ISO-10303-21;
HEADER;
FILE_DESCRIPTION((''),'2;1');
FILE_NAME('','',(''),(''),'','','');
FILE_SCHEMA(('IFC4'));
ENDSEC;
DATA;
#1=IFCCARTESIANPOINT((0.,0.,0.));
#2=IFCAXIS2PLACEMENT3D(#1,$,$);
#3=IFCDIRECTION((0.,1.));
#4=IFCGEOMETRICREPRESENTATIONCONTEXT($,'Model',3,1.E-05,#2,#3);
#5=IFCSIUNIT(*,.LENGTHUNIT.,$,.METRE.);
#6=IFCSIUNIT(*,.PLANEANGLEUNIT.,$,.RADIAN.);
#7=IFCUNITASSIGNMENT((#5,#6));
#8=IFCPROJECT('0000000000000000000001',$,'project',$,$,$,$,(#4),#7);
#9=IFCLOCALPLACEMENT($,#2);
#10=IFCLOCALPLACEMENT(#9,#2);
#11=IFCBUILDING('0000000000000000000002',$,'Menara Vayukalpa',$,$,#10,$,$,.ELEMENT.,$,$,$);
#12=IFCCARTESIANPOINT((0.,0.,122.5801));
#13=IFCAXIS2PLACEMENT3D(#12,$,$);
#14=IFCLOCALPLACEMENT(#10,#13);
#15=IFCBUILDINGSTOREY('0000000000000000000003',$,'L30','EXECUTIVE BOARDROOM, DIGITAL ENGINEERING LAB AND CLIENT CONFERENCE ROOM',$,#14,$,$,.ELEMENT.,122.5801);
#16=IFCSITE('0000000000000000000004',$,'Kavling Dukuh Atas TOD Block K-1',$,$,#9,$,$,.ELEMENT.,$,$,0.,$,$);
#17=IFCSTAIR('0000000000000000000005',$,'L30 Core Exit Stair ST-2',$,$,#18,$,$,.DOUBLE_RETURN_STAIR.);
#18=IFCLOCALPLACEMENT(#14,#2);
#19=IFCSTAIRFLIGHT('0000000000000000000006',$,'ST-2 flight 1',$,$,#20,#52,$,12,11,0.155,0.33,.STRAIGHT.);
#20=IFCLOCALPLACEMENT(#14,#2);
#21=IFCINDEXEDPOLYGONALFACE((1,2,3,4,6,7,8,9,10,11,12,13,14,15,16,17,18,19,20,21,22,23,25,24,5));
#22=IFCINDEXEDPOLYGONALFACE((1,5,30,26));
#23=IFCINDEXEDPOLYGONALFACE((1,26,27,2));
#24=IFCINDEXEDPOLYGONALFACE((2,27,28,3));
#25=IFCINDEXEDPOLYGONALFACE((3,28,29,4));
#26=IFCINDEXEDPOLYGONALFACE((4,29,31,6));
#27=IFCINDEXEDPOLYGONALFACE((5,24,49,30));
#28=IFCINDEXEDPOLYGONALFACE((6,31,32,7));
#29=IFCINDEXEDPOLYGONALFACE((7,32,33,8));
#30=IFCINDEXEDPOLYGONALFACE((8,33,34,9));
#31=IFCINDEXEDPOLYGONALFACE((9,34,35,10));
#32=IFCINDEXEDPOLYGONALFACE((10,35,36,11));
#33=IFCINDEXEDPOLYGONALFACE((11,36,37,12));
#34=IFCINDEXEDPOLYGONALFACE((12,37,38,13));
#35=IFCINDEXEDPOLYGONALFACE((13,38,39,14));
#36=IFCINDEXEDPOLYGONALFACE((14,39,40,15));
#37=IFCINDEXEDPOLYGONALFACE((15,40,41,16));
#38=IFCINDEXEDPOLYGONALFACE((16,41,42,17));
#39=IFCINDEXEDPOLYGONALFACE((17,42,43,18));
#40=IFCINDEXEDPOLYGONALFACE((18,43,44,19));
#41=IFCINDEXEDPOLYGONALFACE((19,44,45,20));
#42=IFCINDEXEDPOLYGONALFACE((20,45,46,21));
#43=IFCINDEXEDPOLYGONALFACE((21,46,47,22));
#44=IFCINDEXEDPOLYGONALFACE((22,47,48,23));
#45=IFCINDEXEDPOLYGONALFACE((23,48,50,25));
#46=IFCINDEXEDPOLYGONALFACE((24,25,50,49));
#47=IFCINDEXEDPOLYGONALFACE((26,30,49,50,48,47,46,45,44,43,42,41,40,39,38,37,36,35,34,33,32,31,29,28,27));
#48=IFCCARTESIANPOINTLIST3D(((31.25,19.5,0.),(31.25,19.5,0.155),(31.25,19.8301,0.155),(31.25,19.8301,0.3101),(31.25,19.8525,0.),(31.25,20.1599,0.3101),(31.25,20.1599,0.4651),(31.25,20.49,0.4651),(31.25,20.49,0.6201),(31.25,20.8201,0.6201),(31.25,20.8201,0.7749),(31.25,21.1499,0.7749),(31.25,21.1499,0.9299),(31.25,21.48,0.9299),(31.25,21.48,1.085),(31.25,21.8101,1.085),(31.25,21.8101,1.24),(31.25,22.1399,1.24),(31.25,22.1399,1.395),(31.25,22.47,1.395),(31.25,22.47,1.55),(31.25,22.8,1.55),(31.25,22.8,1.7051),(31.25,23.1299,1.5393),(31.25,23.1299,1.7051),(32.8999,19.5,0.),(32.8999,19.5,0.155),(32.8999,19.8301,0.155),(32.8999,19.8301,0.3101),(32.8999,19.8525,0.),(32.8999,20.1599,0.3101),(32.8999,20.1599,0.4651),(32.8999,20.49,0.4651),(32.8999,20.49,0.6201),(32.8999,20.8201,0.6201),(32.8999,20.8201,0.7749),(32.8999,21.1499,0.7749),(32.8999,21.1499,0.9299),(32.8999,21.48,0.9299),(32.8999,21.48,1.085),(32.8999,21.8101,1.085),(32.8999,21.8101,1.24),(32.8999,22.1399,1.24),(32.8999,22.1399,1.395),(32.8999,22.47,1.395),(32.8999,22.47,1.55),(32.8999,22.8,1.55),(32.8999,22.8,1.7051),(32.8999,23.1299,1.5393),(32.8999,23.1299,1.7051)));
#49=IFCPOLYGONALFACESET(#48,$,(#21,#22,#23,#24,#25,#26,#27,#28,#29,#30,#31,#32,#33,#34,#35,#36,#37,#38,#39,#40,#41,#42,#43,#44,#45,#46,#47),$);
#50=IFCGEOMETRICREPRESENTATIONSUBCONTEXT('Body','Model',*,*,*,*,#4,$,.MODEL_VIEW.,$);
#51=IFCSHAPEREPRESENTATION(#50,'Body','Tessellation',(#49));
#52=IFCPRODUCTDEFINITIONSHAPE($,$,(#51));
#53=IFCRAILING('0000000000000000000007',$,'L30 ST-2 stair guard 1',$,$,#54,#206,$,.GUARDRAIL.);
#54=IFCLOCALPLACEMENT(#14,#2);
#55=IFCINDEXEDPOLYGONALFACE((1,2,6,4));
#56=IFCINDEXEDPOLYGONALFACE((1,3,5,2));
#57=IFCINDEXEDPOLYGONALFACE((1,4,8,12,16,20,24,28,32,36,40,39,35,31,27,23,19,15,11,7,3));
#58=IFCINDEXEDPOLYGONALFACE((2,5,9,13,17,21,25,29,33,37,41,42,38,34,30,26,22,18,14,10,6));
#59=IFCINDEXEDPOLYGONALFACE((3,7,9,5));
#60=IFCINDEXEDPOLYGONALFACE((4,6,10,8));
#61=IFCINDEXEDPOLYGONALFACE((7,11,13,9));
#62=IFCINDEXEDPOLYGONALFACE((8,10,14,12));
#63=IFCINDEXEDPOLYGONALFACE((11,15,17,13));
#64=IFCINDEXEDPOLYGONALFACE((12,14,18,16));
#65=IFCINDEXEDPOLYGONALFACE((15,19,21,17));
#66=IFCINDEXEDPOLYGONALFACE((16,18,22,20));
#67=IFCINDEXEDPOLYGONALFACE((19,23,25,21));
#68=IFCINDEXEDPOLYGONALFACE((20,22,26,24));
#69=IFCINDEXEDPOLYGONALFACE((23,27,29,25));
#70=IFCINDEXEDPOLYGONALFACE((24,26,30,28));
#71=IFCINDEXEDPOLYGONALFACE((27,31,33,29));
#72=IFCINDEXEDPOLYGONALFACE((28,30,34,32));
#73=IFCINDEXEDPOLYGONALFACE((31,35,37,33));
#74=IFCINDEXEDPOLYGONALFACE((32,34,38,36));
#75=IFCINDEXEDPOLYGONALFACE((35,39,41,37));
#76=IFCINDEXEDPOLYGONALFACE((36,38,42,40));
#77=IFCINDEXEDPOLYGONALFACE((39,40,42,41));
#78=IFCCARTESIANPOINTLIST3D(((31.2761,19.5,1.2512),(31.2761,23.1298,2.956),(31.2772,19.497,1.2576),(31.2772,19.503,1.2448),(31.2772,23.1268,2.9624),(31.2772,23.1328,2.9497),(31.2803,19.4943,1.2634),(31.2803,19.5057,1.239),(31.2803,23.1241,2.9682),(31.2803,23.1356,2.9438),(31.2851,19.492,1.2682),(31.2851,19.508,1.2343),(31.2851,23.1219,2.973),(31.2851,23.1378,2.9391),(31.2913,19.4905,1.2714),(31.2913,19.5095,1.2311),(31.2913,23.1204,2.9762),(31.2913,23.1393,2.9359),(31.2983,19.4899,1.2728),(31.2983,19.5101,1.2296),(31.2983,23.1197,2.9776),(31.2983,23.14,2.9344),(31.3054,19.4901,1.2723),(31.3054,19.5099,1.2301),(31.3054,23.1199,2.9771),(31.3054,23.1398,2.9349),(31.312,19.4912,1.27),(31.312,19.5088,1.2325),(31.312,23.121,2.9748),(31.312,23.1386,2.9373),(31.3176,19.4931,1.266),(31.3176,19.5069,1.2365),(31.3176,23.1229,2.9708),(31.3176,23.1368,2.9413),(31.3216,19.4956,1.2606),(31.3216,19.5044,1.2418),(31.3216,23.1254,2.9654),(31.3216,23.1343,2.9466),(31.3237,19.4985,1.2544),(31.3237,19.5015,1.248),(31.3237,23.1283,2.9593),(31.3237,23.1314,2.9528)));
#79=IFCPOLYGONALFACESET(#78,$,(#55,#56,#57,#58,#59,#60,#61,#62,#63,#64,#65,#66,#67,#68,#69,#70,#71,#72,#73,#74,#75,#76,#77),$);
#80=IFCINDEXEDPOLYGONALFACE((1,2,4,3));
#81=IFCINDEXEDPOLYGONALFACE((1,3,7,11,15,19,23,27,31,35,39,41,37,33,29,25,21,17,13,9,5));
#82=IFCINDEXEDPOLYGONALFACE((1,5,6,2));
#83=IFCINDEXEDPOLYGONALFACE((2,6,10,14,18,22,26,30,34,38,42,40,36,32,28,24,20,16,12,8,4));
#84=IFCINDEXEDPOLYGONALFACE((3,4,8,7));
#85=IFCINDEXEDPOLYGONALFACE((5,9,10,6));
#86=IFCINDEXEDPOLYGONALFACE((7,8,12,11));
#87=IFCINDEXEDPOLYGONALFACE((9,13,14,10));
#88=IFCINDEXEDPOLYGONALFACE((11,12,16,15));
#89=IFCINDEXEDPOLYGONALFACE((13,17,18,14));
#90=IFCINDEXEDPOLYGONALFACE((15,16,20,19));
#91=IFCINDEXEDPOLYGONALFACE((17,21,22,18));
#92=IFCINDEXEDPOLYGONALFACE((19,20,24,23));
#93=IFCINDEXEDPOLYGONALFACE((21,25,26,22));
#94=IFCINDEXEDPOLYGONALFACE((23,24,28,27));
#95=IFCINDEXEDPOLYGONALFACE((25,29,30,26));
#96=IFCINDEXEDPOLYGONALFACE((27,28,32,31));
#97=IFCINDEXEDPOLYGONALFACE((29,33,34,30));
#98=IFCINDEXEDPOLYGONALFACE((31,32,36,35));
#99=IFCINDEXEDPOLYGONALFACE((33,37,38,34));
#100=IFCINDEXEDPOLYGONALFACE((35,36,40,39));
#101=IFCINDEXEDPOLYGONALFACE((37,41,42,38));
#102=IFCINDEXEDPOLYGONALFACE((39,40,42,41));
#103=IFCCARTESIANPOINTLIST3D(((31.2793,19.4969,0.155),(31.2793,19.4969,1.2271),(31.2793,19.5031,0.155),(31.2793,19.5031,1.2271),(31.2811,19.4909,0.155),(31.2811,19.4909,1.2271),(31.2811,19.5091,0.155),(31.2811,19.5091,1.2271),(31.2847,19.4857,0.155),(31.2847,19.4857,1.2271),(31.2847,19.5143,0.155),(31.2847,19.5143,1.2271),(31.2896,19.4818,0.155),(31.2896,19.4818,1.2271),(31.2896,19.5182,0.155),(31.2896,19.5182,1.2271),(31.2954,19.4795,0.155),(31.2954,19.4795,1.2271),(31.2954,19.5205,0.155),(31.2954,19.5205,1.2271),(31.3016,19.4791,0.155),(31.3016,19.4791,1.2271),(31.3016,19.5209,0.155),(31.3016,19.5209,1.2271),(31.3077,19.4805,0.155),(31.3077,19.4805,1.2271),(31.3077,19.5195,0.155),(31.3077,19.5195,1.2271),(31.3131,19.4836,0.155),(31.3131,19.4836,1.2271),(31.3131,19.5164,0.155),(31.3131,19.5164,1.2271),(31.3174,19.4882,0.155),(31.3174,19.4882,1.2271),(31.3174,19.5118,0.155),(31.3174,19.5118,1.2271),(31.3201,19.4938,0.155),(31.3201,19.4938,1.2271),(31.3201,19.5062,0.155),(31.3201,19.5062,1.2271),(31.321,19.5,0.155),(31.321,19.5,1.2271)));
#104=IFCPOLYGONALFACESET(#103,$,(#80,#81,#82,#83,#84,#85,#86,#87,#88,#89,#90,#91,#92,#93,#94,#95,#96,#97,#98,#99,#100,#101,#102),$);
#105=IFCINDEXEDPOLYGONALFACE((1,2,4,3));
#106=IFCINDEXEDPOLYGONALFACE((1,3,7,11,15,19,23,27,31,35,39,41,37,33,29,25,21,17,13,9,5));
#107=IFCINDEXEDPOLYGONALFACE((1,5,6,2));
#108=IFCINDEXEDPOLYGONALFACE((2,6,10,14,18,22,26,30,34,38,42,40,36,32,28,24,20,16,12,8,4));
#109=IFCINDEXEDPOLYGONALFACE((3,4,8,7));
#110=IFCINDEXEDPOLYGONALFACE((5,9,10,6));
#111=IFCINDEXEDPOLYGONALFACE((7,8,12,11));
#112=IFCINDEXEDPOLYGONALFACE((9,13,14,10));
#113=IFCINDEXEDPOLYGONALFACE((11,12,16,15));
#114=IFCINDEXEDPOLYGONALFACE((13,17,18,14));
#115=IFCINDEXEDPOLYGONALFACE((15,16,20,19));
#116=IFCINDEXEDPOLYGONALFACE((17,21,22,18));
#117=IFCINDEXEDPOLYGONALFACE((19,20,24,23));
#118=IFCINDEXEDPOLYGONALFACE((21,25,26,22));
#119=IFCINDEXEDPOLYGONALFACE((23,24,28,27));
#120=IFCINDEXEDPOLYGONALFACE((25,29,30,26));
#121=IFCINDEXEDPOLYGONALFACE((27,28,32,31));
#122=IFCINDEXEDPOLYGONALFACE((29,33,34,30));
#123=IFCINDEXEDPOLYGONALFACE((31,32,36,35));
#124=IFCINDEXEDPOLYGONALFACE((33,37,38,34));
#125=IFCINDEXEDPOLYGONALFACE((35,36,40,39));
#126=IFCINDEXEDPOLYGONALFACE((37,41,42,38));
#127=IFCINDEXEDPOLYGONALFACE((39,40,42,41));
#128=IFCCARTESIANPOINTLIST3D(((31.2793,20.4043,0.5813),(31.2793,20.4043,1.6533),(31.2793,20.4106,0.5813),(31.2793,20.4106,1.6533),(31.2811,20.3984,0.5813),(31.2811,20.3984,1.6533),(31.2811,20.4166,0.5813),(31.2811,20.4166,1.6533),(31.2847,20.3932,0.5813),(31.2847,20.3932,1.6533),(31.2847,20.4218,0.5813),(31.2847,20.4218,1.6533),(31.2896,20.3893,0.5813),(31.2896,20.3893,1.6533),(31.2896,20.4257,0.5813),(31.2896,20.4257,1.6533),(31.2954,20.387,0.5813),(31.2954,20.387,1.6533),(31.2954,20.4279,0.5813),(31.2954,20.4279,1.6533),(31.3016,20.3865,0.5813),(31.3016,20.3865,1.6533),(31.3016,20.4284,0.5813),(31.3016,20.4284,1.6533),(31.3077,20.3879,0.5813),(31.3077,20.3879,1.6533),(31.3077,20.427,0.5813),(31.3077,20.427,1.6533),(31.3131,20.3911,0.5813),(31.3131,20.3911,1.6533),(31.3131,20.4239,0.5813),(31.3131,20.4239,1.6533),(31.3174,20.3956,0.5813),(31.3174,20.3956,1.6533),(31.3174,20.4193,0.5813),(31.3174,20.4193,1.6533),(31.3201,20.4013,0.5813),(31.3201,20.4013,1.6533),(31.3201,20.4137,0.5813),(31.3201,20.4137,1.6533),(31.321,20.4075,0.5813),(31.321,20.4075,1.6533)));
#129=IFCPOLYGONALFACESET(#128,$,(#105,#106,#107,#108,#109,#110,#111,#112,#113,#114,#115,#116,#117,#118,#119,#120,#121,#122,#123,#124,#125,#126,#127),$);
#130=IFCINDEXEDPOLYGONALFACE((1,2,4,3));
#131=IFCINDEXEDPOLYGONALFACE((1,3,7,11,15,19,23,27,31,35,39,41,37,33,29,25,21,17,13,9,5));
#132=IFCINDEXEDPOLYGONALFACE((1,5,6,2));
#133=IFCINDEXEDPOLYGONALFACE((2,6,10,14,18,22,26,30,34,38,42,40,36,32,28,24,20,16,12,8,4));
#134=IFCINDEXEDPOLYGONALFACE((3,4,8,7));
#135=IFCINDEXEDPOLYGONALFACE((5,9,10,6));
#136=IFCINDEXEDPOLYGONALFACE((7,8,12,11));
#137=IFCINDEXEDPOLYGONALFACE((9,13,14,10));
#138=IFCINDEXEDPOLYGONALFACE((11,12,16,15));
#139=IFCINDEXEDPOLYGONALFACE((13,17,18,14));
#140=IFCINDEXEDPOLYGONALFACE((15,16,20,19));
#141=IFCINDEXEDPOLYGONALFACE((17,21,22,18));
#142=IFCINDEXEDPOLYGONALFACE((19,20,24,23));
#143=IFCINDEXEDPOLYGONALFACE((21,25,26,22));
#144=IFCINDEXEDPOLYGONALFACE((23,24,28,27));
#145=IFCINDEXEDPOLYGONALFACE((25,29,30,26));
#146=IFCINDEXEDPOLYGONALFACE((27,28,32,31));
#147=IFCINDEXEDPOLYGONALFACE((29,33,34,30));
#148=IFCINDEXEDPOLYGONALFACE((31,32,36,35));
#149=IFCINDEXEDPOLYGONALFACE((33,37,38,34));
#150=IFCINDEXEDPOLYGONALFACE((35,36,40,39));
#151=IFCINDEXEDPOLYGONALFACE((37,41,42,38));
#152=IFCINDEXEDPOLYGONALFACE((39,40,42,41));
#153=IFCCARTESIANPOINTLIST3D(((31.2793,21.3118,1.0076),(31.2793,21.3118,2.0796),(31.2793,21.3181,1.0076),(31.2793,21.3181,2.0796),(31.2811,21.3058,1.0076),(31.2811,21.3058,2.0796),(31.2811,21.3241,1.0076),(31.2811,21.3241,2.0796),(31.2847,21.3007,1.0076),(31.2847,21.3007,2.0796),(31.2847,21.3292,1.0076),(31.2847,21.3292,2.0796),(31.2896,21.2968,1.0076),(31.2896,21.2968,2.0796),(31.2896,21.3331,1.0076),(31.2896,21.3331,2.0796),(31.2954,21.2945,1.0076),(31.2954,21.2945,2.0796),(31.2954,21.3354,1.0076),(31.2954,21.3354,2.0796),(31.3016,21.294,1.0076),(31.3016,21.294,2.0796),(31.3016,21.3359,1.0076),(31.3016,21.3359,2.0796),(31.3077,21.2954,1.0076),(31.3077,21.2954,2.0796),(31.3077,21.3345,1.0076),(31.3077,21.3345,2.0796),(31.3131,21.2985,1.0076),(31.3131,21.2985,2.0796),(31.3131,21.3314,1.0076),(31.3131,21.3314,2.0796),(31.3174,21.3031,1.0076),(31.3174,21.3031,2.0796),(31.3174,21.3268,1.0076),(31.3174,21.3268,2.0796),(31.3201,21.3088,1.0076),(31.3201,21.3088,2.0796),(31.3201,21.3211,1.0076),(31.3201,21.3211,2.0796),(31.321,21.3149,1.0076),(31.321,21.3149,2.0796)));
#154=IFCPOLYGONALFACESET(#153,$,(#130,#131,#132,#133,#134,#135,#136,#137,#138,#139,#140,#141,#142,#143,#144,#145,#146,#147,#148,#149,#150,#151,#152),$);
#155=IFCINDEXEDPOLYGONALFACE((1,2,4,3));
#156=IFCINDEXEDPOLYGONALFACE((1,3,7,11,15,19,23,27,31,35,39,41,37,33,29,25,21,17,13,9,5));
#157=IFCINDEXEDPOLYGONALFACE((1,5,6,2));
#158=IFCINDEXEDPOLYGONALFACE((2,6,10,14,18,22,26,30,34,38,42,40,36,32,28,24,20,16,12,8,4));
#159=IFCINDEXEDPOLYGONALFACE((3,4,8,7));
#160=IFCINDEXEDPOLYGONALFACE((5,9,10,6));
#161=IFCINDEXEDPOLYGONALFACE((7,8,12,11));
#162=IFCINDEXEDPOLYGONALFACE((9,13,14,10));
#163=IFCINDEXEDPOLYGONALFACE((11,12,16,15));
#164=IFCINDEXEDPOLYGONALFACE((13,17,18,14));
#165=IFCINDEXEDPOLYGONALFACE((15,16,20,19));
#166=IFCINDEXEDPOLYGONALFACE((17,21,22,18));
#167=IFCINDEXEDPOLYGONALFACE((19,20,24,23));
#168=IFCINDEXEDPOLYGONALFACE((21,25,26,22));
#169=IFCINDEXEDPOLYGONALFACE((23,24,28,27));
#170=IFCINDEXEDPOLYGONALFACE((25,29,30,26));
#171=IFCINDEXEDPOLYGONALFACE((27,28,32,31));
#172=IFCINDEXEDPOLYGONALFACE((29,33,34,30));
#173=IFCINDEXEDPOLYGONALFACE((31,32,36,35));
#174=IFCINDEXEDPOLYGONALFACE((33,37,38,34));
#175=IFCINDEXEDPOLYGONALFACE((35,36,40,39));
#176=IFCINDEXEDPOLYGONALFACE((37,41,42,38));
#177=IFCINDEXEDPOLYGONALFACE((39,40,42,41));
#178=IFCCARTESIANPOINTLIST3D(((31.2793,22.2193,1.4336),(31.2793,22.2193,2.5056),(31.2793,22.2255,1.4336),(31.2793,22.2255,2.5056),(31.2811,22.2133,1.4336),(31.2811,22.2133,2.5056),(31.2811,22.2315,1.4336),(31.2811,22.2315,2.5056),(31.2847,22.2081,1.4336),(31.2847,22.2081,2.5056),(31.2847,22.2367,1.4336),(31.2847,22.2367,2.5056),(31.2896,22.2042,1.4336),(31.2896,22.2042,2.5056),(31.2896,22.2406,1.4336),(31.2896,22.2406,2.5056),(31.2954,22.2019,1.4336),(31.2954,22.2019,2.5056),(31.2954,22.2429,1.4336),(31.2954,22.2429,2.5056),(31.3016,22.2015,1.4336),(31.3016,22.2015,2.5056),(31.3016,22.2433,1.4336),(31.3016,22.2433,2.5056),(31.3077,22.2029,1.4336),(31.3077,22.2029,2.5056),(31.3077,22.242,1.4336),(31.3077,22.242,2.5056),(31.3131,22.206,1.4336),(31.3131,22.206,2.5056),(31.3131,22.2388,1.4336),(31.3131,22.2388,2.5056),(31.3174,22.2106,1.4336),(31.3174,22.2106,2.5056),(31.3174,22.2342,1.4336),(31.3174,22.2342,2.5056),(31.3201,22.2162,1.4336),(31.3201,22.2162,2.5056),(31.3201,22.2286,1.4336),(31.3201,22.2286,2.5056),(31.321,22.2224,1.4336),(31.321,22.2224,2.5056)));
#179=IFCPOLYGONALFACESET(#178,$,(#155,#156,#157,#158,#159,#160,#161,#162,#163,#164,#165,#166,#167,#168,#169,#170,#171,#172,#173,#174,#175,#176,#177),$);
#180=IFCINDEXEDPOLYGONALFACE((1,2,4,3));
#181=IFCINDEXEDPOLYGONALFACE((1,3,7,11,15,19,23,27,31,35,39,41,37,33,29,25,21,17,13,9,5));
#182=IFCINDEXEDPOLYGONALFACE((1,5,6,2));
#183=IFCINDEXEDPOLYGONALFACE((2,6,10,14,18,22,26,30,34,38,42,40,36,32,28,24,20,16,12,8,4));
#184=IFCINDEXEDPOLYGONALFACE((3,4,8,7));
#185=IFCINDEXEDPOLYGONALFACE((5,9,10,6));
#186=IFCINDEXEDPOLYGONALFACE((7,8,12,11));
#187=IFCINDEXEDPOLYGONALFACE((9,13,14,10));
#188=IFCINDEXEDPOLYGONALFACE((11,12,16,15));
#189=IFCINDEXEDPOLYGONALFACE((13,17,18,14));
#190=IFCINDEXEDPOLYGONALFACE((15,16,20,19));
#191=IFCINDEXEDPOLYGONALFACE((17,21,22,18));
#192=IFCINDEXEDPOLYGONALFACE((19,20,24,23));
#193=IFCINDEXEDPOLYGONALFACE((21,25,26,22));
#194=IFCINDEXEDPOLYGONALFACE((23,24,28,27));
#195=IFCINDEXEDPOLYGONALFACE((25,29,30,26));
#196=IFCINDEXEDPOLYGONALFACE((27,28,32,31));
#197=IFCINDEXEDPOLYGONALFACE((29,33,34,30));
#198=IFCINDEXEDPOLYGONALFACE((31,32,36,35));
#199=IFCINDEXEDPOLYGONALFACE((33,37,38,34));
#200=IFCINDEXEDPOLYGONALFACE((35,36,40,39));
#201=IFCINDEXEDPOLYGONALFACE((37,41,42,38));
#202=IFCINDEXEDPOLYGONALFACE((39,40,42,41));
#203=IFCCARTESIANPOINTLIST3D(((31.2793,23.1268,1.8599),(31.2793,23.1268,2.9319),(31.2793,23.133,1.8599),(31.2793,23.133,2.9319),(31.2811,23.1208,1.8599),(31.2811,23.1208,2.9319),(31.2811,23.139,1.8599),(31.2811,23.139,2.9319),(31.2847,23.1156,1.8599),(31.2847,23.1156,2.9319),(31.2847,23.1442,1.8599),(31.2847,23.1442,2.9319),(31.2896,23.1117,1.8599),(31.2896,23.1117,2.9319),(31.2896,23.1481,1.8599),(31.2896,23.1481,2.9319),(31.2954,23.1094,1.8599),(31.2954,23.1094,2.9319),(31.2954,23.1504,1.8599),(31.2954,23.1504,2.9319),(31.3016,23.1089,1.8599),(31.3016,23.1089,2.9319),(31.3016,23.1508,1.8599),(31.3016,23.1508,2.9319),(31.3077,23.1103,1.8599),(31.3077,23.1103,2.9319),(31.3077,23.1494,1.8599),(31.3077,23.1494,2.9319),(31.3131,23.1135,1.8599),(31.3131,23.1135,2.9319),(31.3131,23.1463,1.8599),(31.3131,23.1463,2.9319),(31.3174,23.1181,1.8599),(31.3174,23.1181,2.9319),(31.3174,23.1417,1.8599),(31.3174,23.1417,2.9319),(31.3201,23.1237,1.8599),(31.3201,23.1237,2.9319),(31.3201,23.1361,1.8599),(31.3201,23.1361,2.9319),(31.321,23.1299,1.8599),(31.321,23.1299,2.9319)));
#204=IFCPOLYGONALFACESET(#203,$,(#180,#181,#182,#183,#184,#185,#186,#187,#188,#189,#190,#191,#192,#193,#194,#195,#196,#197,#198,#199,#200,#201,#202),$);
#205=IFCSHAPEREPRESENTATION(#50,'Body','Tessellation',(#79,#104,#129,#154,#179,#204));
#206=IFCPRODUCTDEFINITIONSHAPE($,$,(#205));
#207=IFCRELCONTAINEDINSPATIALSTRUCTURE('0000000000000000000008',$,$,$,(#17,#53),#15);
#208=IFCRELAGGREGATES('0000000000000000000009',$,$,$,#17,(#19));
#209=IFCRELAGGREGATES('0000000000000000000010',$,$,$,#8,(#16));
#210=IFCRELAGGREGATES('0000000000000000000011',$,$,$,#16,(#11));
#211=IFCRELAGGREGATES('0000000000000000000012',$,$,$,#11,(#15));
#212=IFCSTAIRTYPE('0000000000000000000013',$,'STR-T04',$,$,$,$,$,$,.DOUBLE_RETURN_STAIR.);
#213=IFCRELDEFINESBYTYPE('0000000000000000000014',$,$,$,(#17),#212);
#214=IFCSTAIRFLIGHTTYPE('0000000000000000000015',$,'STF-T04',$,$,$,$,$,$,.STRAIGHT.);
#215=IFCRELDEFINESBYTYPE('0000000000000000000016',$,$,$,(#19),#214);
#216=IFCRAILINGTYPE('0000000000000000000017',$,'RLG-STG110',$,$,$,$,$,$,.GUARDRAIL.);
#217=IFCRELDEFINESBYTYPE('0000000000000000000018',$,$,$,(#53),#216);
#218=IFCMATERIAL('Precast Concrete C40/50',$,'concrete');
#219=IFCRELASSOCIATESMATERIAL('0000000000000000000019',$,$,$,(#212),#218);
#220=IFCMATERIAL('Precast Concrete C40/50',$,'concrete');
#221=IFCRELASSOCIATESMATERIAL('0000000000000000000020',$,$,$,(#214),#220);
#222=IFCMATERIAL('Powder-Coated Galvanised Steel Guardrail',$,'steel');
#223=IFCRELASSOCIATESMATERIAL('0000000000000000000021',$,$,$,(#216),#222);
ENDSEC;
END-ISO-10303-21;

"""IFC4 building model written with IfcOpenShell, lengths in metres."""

from ifc_helpers import new_model, si_unit, direction, frame, origin, origin_2d, place, context, subcontext, project, spatial, polyline, circle, outline, extrude, material, type_object, element, aggregate, save


model = new_model("IFC4")

# Units and contexts
model_context = context("Model", 3, precision=1e-05, world=origin(), true_north=direction((0.0, 1.0)))
body_context = subcontext(model_context, "Body", "Model", "MODEL_VIEW")
ifc_project = project(units=[si_unit("LENGTHUNIT", "METRE"), si_unit("PLANEANGLEUNIT", "RADIAN")], contexts=[model_context])

# Site, building, storey
site_placement = place(None, origin())
site = spatial("IfcSite", under=ifc_project, at=site_placement, Name="Kavling Dukuh Atas TOD Block K-1", CompositionType="ELEMENT", RefElevation=0.0)
building_placement = place(site_placement, origin())
building = spatial("IfcBuilding", under=site, at=building_placement, Name="Menara Vayukalpa", CompositionType="ELEMENT")
storey_placement = place(building_placement, frame((0.0, 0.0, 122.5801)))
storey = spatial("IfcBuildingStorey", under=building, at=storey_placement, Name="L30", Description="EXECUTIVE BOARDROOM, DIGITAL ENGINEERING LAB AND CLIENT CONFERENCE ROOM", CompositionType="ELEMENT", Elevation=122.5801)

# Stair, stair flight
ifc_material_1 = material(Name="Precast Concrete C40/50", Category="concrete")
stair_type = type_object("IfcStairType", Name="STR-T04", PredefinedType="DOUBLE_RETURN_STAIR", material=ifc_material_1)
stair_placement = place(storey_placement, origin())
stair = element("IfcStair", 1, at=stair_placement, inside=storey, type_object=stair_type, Name="L30 Core Exit Stair ST-2", PredefinedType="DOUBLE_RETURN_STAIR")
ifc_material_2 = material(Name="Precast Concrete C40/50", Category="concrete")
stair_flight_type = type_object("IfcStairFlightType", Name="STF-T04", PredefinedType="STRAIGHT", material=ifc_material_2)
stair_flight_placement = place(storey_placement, frame((32.075, 19.5, 0.0), z_axis=(0.0, 0.0, 1.0), x_axis=(0.0, 1.0, 0.0)))
stair_flight = element("IfcStairFlight", 2, at=stair_flight_placement, type_object=stair_flight_type, Name="ST-2 flight 1", NumberOfRisers=12, NumberOfTreads=11, PredefinedType="STRAIGHT", RiserHeight=0.155, TreadLength=0.33, context=body_context, shape_type="SweptSolid", body=[
    extrude(outline(polyline([(0.0, 0.0), (0.0, 0.155), (0.3301, 0.155), (0.3301, 0.3101), (0.6599, 0.3101), (0.6599, 0.4651), (0.99, 0.4651), (0.99, 0.6201), (1.3201, 0.6201), (1.3201, 0.7749), (1.6499, 0.7749), (1.6499, 0.9299), (1.98, 0.9299), (1.98, 1.085), (2.3101, 1.085), (2.3101, 1.24), (2.6399, 1.24), (2.6399, 1.395), (2.97, 1.395), (2.97, 1.55), (3.3, 1.55), (3.3, 1.7051), (3.6299, 1.7051), (3.6299, 1.8601), (3.6299, 1.5393), (0.3525, 0.0), (0.0, 0.0)])), frame((0.0, 0.825, 0.0), z_axis=(0.0, -1.0, 0.0), x_axis=(1.0, 0.0, 0.0)), (0.0, 0.0, 1.0), 1.6499),
])
aggregate(stair, [stair_flight])

# Railing
ifc_material_3 = material(Name="Powder-Coated Galvanised Steel Guardrail", Category="steel")
railing_type_1 = type_object("IfcRailingType", Name="RLG-STG110", PredefinedType="GUARDRAIL", material=ifc_material_3)
railing_1_placement = place(storey_placement, frame((31.3, 19.5, 0.155)))
element("IfcRailing", 3, at=railing_1_placement, inside=storey, type_object=railing_type_1, Name="L30 ST-2 stair guard 1", PredefinedType="GUARDRAIL", context=body_context, shape_type="SweptSolid", body=[
    extrude(circle(Radius=0.0239, at=origin_2d()), frame((0.0, 0.0, 1.0962), z_axis=(0.0, 0.90514, 0.425114), x_axis=(-1.0, 0.0, 0.0)), (0.0, 0.0, 1.0), 4.0103),
    extrude(circle(Radius=0.021, at=origin_2d()), origin(), (0.0, 0.0, 1.0), 1.072),
    extrude(circle(Radius=0.021, at=origin_2d()), frame((0.0, 0.9075, 0.4263)), (0.0, 0.0, 1.0), 1.072),
    extrude(circle(Radius=0.021, at=origin_2d()), frame((0.0, 1.8149, 0.8525)), (0.0, 0.0, 1.0), 1.072),
    extrude(circle(Radius=0.021, at=origin_2d()), frame((0.0, 2.7224, 1.2786)), (0.0, 0.0, 1.0), 1.072),
    extrude(circle(Radius=0.021, at=origin_2d()), frame((0.0, 3.6299, 1.7048)), (0.0, 0.0, 1.0), 1.072),
])

save(model, "model.ifc")
